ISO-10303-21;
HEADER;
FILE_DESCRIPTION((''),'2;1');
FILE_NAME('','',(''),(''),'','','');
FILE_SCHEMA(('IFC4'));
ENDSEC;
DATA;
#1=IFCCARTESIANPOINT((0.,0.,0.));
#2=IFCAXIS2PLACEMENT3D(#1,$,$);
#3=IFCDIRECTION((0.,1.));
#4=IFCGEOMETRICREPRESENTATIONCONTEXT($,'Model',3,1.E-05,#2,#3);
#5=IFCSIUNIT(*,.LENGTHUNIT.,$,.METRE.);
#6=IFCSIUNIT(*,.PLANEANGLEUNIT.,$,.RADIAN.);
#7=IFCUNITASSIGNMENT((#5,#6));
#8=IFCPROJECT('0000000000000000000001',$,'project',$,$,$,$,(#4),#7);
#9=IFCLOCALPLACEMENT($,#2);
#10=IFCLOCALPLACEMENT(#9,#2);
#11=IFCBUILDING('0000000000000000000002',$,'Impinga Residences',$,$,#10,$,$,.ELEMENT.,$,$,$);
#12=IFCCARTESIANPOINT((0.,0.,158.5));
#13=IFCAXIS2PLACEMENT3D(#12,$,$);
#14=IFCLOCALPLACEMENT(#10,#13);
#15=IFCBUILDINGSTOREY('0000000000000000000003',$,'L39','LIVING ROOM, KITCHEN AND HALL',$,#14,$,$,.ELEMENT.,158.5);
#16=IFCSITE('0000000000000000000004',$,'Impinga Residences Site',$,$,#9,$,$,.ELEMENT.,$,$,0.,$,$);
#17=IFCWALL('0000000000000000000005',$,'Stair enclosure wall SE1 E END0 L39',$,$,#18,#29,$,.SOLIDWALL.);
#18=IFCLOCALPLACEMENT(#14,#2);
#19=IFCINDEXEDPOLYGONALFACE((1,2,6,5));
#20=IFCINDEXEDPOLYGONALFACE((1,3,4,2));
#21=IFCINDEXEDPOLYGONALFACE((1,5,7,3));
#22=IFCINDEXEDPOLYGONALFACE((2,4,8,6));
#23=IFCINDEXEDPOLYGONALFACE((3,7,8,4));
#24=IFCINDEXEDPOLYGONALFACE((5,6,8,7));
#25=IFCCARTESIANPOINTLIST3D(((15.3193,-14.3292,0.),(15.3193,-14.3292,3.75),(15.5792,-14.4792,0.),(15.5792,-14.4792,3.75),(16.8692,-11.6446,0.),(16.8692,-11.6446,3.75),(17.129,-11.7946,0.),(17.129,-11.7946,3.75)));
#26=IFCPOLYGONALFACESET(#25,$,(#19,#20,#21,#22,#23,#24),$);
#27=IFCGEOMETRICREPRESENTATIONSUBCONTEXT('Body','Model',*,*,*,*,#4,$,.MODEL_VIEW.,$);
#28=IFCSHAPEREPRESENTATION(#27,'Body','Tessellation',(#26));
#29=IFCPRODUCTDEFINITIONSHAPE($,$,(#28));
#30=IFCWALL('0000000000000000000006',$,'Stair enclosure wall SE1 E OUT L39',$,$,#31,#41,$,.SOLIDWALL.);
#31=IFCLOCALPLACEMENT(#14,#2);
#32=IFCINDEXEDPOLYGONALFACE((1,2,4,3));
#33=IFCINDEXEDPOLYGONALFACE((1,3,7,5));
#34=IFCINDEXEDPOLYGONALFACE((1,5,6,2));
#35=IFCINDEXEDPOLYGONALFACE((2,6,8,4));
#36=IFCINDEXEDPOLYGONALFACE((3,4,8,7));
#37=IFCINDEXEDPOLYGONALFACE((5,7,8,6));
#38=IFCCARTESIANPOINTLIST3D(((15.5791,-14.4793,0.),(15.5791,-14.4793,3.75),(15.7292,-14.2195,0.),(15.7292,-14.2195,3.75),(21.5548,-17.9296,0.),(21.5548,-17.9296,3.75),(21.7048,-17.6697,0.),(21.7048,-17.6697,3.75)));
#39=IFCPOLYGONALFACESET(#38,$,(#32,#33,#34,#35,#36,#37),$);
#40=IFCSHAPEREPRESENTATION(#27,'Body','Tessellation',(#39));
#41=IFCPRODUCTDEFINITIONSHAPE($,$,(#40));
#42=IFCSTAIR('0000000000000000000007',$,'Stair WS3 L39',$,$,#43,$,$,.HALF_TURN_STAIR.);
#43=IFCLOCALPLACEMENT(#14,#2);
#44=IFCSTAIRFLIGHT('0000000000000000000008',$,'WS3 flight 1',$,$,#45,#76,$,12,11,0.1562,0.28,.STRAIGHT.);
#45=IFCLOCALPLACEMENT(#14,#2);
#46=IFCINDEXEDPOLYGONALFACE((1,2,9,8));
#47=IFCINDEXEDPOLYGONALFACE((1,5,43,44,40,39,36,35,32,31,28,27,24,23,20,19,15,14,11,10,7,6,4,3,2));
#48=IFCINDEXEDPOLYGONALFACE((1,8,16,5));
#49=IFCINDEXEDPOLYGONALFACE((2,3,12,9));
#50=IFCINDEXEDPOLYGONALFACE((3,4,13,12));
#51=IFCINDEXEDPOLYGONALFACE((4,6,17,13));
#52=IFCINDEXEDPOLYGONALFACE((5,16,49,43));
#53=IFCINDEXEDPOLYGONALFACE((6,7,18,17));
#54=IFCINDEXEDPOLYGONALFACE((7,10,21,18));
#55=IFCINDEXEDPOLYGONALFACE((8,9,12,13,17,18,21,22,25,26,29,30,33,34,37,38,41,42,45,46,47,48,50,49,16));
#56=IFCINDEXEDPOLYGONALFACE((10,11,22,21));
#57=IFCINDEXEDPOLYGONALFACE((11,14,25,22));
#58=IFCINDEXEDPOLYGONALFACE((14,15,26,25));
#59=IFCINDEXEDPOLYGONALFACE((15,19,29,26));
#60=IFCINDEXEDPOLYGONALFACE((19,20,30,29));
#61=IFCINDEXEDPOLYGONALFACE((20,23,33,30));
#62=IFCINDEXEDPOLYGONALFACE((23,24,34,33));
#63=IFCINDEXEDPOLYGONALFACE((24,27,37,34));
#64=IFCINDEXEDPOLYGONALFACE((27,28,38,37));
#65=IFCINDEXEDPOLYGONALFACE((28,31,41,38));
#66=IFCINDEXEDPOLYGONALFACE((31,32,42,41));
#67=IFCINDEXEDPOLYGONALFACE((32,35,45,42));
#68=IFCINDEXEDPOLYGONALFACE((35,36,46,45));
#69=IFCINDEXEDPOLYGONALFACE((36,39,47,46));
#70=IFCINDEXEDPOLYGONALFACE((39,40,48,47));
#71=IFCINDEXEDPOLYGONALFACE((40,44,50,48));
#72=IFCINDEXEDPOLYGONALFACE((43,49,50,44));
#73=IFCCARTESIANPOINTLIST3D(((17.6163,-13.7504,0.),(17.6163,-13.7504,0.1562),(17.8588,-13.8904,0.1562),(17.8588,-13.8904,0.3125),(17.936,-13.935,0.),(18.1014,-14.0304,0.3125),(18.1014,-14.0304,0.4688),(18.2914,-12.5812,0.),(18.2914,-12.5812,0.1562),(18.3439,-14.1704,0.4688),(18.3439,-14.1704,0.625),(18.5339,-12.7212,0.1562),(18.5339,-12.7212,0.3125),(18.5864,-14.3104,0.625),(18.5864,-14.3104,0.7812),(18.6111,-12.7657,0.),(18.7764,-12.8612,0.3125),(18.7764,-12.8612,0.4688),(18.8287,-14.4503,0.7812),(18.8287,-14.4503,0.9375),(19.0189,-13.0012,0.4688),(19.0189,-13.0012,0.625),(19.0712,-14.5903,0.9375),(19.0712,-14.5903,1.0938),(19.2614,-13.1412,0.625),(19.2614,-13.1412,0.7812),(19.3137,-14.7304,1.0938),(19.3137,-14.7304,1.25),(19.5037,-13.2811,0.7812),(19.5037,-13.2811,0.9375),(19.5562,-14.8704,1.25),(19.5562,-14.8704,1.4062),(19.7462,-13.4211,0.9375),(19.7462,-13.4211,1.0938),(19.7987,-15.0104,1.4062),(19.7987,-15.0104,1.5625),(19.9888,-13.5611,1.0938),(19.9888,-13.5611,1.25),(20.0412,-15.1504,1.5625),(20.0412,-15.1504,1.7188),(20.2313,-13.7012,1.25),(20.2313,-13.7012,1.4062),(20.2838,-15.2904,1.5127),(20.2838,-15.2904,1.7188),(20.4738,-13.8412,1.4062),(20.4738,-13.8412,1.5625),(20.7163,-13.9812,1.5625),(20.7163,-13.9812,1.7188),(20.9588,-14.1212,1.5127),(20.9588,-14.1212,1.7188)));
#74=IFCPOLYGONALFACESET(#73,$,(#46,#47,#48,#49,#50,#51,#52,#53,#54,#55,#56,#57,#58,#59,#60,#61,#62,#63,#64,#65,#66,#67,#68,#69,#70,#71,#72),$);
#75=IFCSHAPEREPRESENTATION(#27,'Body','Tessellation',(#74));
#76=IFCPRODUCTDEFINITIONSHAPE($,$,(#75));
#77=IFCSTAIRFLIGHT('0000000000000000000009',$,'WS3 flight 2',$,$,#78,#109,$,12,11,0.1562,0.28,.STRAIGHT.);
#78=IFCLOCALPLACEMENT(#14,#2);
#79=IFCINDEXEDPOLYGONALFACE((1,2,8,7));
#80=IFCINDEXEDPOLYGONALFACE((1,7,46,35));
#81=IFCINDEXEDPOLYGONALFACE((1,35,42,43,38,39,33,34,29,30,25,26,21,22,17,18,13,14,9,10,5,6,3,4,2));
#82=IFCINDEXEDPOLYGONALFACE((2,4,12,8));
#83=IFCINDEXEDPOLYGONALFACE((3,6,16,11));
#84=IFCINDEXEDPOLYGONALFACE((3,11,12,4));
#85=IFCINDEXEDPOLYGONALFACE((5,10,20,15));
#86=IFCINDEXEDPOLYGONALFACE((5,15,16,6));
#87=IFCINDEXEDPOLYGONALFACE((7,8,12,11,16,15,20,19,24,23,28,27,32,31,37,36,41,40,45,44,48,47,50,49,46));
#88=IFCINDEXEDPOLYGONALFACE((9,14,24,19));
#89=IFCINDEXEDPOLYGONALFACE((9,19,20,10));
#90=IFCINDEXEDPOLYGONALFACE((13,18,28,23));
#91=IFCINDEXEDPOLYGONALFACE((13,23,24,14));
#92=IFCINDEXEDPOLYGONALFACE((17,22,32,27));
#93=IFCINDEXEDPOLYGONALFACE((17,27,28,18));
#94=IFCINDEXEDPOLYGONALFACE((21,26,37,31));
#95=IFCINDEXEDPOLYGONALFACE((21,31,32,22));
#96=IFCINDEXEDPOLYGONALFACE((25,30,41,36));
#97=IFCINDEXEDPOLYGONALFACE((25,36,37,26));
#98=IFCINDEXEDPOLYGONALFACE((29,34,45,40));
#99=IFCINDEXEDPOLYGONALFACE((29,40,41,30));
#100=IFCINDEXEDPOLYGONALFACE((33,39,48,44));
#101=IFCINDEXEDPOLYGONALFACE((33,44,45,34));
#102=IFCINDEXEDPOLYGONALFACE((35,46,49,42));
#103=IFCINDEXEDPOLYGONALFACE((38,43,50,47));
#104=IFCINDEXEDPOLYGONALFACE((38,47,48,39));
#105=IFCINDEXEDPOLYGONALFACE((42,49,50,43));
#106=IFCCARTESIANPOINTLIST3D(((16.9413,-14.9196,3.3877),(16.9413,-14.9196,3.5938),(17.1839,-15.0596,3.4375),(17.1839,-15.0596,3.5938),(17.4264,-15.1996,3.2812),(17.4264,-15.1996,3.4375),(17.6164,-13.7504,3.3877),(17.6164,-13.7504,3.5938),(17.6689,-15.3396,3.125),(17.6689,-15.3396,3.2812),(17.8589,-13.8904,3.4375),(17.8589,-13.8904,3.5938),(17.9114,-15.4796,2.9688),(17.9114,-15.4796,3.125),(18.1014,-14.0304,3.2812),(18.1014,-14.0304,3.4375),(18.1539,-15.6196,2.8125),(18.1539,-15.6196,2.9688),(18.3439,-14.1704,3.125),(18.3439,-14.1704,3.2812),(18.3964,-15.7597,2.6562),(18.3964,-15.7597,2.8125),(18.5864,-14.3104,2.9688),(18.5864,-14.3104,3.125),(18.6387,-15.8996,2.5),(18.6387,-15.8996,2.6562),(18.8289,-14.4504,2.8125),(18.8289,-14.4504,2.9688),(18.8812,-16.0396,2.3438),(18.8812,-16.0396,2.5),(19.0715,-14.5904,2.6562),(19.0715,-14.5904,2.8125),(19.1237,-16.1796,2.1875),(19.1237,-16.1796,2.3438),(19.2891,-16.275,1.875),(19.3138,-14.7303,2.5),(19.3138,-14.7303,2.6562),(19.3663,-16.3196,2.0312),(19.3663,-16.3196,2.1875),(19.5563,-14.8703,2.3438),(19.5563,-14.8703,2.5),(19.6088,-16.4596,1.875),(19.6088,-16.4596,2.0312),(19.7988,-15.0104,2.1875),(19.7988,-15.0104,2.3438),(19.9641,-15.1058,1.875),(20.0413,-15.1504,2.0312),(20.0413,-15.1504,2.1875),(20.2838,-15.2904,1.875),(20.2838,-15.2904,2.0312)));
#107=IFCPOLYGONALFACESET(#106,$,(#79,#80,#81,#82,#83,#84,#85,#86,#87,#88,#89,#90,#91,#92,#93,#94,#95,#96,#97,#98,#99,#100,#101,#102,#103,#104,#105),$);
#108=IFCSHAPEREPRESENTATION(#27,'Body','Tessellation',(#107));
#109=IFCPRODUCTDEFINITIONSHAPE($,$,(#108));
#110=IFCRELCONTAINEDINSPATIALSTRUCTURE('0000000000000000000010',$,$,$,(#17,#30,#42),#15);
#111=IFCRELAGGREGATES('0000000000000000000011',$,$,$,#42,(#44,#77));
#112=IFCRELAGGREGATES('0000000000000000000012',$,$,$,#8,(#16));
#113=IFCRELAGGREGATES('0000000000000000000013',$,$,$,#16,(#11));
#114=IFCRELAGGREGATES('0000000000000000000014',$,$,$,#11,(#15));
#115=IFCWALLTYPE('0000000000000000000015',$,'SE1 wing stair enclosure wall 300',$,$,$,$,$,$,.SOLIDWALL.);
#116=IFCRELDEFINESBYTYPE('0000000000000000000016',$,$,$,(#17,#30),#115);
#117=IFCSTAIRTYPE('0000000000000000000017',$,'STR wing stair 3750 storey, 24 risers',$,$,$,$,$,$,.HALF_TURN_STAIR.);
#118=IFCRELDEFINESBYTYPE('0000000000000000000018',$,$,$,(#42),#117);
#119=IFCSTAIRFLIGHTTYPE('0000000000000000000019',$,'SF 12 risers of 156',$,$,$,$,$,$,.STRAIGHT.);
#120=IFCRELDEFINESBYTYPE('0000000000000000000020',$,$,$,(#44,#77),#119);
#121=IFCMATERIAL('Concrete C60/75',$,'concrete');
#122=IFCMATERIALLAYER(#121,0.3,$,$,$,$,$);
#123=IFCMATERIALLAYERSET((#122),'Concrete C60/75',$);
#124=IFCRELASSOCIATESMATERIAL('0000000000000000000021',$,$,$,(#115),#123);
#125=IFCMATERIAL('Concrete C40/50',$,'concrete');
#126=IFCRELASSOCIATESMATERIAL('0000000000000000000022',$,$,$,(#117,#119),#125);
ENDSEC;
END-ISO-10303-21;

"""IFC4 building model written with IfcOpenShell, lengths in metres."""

from ifc_helpers import new_model, si_unit, direction, frame, frame_2d, origin, place, context, subcontext, project, spatial, polyline, rectangle, outline, extrude, material, layer, layer_set, type_object, element, aggregate, save


model = new_model("IFC4")

# Units and contexts
model_context = context("Model", 3, precision=1e-05, world=origin(), true_north=direction((0.0, 1.0)))
body_context = subcontext(model_context, "Body", "Model", "MODEL_VIEW")
ifc_project = project(units=[si_unit("LENGTHUNIT", "METRE"), si_unit("PLANEANGLEUNIT", "RADIAN")], contexts=[model_context])

# Site, building, storey
site_placement = place(None, origin())
site = spatial("IfcSite", under=ifc_project, at=site_placement, Name="Impinga Residences Site", CompositionType="ELEMENT", RefElevation=0.0)
building_placement = place(site_placement, origin())
building = spatial("IfcBuilding", under=site, at=building_placement, Name="Impinga Residences", CompositionType="ELEMENT")
storey_placement = place(building_placement, frame((0.0, 0.0, 158.5)))
storey = spatial("IfcBuildingStorey", under=building, at=storey_placement, Name="L39", Description="LIVING ROOM, KITCHEN AND HALL", CompositionType="ELEMENT", Elevation=158.5)

# Shared definitions
ifc_material_1 = material(Name="Concrete C60/75", Category="concrete")

# Walls
ifc_layer_1 = layer(ifc_material_1, 0.3)
ifc_layer_set_1 = layer_set([ifc_layer_1], Name="Concrete C60/75")
wall_type_1 = type_object("IfcWallType", Name="SE1 wing stair enclosure wall 300", PredefinedType="SOLIDWALL", material=ifc_layer_set_1)
wall_1_placement = place(storey_placement, frame((16.999, -11.7197, 0.0), z_axis=(0.0, 0.0, 1.0), x_axis=(-0.499968, -0.866044, 0.0)))
element("IfcWall", 1, at=wall_1_placement, inside=storey, type_object=wall_type_1, Name="Stair enclosure wall SE1 E END0 L39", PredefinedType="SOLIDWALL", context=body_context, shape_type="SweptSolid", body=[
    extrude(rectangle(XDim=3.0999, YDim=0.3, at=frame_2d((1.5498, 0.0))), origin(), (0.0, 0.0, 1.0), 3.75),
])
wall_2_placement = place(storey_placement, frame((15.6541, -14.3494, 0.0), z_axis=(0.0, 0.0, 1.0), x_axis=(0.866014, -0.500021, 0.0)))
element("IfcWall", 2, at=wall_2_placement, inside=storey, type_object=wall_type_1, Name="Stair enclosure wall SE1 E OUT L39", PredefinedType="SOLIDWALL", context=body_context, shape_type="SweptSolid", body=[
    extrude(rectangle(XDim=6.9001, YDim=0.3, at=frame_2d((3.4502, 0.0))), origin(), (0.0, 0.0, 1.0), 3.75),
])

# Stair, stair flights
ifc_material_2 = material(Name="Concrete C40/50", Category="concrete")
stair_type = type_object("IfcStairType", Name="STR wing stair 3750 storey, 24 risers", PredefinedType="HALF_TURN_STAIR", material=ifc_material_2)
stair_placement = place(storey_placement, origin())
stair = element("IfcStair", 3, at=stair_placement, inside=storey, type_object=stair_type, Name="Stair WS3 L39", PredefinedType="HALF_TURN_STAIR")
stair_flight_type = type_object("IfcStairFlightType", Name="SF 12 risers of 156", PredefinedType="STRAIGHT", material=ifc_material_2)
stair_flight_1_placement = place(storey_placement, frame((17.9539, -13.1658, 0.0), z_axis=(0.0, 0.0, 1.0), x_axis=(0.866025, -0.5, 0.0)))
stair_flight_1 = element("IfcStairFlight", 4, at=stair_flight_1_placement, type_object=stair_flight_type, Name="WS3 flight 1", NumberOfRisers=12, NumberOfTreads=11, PredefinedType="STRAIGHT", RiserHeight=0.1562, TreadLength=0.28, context=body_context, shape_type="SweptSolid", body=[
    extrude(outline(polyline([(0.0, 0.0), (0.0, 0.1562), (0.28, 0.1562), (0.28, 0.3125), (0.5601, 0.3125), (0.5601, 0.4688), (0.8401, 0.4688), (0.8401, 0.625), (1.1201, 0.625), (1.1201, 0.7812), (1.3999, 0.7812), (1.3999, 0.9375), (1.6799, 0.9375), (1.6799, 1.0938), (1.96, 1.0938), (1.96, 1.25), (2.24, 1.25), (2.24, 1.4062), (2.52, 1.4062), (2.52, 1.5625), (2.8, 1.5625), (2.8, 1.7188), (3.0801, 1.7188), (3.0801, 1.875), (3.0801, 1.5127), (0.3691, 0.0), (0.0, 0.0)])), frame((0.0, 0.675, 0.0), z_axis=(0.0, -1.0, 0.0), x_axis=(1.0, 0.0, 0.0)), (0.0, 0.0, 1.0), 1.3501),
])
stair_flight_2_placement = place(storey_placement, frame((19.9463, -15.875, 1.875), z_axis=(0.0, 0.0, 1.0), x_axis=(-0.866025, 0.5, 0.0)))
stair_flight_2 = element("IfcStairFlight", 5, at=stair_flight_2_placement, type_object=stair_flight_type, Name="WS3 flight 2", NumberOfRisers=12, NumberOfTreads=11, PredefinedType="STRAIGHT", RiserHeight=0.1562, TreadLength=0.28, context=body_context, shape_type="SweptSolid", body=[
    extrude(outline(polyline([(0.0, 0.0), (0.0, 0.1562), (0.28, 0.1562), (0.28, 0.3125), (0.5601, 0.3125), (0.5601, 0.4688), (0.8401, 0.4688), (0.8401, 0.625), (1.1201, 0.625), (1.1201, 0.7812), (1.3999, 0.7812), (1.3999, 0.9375), (1.6799, 0.9375), (1.6799, 1.0938), (1.96, 1.0938), (1.96, 1.25), (2.24, 1.25), (2.24, 1.4062), (2.52, 1.4062), (2.52, 1.5625), (2.8, 1.5625), (2.8, 1.7188), (3.0801, 1.7188), (3.0801, 1.875), (3.0801, 1.5127), (0.3691, 0.0), (0.0, 0.0)])), frame((0.0, 0.675, 0.0), z_axis=(0.0, -1.0, 0.0), x_axis=(1.0, 0.0, 0.0)), (0.0, 0.0, 1.0), 1.3501),
])
aggregate(stair, [stair_flight_1, stair_flight_2])

save(model, "model.ifc")
